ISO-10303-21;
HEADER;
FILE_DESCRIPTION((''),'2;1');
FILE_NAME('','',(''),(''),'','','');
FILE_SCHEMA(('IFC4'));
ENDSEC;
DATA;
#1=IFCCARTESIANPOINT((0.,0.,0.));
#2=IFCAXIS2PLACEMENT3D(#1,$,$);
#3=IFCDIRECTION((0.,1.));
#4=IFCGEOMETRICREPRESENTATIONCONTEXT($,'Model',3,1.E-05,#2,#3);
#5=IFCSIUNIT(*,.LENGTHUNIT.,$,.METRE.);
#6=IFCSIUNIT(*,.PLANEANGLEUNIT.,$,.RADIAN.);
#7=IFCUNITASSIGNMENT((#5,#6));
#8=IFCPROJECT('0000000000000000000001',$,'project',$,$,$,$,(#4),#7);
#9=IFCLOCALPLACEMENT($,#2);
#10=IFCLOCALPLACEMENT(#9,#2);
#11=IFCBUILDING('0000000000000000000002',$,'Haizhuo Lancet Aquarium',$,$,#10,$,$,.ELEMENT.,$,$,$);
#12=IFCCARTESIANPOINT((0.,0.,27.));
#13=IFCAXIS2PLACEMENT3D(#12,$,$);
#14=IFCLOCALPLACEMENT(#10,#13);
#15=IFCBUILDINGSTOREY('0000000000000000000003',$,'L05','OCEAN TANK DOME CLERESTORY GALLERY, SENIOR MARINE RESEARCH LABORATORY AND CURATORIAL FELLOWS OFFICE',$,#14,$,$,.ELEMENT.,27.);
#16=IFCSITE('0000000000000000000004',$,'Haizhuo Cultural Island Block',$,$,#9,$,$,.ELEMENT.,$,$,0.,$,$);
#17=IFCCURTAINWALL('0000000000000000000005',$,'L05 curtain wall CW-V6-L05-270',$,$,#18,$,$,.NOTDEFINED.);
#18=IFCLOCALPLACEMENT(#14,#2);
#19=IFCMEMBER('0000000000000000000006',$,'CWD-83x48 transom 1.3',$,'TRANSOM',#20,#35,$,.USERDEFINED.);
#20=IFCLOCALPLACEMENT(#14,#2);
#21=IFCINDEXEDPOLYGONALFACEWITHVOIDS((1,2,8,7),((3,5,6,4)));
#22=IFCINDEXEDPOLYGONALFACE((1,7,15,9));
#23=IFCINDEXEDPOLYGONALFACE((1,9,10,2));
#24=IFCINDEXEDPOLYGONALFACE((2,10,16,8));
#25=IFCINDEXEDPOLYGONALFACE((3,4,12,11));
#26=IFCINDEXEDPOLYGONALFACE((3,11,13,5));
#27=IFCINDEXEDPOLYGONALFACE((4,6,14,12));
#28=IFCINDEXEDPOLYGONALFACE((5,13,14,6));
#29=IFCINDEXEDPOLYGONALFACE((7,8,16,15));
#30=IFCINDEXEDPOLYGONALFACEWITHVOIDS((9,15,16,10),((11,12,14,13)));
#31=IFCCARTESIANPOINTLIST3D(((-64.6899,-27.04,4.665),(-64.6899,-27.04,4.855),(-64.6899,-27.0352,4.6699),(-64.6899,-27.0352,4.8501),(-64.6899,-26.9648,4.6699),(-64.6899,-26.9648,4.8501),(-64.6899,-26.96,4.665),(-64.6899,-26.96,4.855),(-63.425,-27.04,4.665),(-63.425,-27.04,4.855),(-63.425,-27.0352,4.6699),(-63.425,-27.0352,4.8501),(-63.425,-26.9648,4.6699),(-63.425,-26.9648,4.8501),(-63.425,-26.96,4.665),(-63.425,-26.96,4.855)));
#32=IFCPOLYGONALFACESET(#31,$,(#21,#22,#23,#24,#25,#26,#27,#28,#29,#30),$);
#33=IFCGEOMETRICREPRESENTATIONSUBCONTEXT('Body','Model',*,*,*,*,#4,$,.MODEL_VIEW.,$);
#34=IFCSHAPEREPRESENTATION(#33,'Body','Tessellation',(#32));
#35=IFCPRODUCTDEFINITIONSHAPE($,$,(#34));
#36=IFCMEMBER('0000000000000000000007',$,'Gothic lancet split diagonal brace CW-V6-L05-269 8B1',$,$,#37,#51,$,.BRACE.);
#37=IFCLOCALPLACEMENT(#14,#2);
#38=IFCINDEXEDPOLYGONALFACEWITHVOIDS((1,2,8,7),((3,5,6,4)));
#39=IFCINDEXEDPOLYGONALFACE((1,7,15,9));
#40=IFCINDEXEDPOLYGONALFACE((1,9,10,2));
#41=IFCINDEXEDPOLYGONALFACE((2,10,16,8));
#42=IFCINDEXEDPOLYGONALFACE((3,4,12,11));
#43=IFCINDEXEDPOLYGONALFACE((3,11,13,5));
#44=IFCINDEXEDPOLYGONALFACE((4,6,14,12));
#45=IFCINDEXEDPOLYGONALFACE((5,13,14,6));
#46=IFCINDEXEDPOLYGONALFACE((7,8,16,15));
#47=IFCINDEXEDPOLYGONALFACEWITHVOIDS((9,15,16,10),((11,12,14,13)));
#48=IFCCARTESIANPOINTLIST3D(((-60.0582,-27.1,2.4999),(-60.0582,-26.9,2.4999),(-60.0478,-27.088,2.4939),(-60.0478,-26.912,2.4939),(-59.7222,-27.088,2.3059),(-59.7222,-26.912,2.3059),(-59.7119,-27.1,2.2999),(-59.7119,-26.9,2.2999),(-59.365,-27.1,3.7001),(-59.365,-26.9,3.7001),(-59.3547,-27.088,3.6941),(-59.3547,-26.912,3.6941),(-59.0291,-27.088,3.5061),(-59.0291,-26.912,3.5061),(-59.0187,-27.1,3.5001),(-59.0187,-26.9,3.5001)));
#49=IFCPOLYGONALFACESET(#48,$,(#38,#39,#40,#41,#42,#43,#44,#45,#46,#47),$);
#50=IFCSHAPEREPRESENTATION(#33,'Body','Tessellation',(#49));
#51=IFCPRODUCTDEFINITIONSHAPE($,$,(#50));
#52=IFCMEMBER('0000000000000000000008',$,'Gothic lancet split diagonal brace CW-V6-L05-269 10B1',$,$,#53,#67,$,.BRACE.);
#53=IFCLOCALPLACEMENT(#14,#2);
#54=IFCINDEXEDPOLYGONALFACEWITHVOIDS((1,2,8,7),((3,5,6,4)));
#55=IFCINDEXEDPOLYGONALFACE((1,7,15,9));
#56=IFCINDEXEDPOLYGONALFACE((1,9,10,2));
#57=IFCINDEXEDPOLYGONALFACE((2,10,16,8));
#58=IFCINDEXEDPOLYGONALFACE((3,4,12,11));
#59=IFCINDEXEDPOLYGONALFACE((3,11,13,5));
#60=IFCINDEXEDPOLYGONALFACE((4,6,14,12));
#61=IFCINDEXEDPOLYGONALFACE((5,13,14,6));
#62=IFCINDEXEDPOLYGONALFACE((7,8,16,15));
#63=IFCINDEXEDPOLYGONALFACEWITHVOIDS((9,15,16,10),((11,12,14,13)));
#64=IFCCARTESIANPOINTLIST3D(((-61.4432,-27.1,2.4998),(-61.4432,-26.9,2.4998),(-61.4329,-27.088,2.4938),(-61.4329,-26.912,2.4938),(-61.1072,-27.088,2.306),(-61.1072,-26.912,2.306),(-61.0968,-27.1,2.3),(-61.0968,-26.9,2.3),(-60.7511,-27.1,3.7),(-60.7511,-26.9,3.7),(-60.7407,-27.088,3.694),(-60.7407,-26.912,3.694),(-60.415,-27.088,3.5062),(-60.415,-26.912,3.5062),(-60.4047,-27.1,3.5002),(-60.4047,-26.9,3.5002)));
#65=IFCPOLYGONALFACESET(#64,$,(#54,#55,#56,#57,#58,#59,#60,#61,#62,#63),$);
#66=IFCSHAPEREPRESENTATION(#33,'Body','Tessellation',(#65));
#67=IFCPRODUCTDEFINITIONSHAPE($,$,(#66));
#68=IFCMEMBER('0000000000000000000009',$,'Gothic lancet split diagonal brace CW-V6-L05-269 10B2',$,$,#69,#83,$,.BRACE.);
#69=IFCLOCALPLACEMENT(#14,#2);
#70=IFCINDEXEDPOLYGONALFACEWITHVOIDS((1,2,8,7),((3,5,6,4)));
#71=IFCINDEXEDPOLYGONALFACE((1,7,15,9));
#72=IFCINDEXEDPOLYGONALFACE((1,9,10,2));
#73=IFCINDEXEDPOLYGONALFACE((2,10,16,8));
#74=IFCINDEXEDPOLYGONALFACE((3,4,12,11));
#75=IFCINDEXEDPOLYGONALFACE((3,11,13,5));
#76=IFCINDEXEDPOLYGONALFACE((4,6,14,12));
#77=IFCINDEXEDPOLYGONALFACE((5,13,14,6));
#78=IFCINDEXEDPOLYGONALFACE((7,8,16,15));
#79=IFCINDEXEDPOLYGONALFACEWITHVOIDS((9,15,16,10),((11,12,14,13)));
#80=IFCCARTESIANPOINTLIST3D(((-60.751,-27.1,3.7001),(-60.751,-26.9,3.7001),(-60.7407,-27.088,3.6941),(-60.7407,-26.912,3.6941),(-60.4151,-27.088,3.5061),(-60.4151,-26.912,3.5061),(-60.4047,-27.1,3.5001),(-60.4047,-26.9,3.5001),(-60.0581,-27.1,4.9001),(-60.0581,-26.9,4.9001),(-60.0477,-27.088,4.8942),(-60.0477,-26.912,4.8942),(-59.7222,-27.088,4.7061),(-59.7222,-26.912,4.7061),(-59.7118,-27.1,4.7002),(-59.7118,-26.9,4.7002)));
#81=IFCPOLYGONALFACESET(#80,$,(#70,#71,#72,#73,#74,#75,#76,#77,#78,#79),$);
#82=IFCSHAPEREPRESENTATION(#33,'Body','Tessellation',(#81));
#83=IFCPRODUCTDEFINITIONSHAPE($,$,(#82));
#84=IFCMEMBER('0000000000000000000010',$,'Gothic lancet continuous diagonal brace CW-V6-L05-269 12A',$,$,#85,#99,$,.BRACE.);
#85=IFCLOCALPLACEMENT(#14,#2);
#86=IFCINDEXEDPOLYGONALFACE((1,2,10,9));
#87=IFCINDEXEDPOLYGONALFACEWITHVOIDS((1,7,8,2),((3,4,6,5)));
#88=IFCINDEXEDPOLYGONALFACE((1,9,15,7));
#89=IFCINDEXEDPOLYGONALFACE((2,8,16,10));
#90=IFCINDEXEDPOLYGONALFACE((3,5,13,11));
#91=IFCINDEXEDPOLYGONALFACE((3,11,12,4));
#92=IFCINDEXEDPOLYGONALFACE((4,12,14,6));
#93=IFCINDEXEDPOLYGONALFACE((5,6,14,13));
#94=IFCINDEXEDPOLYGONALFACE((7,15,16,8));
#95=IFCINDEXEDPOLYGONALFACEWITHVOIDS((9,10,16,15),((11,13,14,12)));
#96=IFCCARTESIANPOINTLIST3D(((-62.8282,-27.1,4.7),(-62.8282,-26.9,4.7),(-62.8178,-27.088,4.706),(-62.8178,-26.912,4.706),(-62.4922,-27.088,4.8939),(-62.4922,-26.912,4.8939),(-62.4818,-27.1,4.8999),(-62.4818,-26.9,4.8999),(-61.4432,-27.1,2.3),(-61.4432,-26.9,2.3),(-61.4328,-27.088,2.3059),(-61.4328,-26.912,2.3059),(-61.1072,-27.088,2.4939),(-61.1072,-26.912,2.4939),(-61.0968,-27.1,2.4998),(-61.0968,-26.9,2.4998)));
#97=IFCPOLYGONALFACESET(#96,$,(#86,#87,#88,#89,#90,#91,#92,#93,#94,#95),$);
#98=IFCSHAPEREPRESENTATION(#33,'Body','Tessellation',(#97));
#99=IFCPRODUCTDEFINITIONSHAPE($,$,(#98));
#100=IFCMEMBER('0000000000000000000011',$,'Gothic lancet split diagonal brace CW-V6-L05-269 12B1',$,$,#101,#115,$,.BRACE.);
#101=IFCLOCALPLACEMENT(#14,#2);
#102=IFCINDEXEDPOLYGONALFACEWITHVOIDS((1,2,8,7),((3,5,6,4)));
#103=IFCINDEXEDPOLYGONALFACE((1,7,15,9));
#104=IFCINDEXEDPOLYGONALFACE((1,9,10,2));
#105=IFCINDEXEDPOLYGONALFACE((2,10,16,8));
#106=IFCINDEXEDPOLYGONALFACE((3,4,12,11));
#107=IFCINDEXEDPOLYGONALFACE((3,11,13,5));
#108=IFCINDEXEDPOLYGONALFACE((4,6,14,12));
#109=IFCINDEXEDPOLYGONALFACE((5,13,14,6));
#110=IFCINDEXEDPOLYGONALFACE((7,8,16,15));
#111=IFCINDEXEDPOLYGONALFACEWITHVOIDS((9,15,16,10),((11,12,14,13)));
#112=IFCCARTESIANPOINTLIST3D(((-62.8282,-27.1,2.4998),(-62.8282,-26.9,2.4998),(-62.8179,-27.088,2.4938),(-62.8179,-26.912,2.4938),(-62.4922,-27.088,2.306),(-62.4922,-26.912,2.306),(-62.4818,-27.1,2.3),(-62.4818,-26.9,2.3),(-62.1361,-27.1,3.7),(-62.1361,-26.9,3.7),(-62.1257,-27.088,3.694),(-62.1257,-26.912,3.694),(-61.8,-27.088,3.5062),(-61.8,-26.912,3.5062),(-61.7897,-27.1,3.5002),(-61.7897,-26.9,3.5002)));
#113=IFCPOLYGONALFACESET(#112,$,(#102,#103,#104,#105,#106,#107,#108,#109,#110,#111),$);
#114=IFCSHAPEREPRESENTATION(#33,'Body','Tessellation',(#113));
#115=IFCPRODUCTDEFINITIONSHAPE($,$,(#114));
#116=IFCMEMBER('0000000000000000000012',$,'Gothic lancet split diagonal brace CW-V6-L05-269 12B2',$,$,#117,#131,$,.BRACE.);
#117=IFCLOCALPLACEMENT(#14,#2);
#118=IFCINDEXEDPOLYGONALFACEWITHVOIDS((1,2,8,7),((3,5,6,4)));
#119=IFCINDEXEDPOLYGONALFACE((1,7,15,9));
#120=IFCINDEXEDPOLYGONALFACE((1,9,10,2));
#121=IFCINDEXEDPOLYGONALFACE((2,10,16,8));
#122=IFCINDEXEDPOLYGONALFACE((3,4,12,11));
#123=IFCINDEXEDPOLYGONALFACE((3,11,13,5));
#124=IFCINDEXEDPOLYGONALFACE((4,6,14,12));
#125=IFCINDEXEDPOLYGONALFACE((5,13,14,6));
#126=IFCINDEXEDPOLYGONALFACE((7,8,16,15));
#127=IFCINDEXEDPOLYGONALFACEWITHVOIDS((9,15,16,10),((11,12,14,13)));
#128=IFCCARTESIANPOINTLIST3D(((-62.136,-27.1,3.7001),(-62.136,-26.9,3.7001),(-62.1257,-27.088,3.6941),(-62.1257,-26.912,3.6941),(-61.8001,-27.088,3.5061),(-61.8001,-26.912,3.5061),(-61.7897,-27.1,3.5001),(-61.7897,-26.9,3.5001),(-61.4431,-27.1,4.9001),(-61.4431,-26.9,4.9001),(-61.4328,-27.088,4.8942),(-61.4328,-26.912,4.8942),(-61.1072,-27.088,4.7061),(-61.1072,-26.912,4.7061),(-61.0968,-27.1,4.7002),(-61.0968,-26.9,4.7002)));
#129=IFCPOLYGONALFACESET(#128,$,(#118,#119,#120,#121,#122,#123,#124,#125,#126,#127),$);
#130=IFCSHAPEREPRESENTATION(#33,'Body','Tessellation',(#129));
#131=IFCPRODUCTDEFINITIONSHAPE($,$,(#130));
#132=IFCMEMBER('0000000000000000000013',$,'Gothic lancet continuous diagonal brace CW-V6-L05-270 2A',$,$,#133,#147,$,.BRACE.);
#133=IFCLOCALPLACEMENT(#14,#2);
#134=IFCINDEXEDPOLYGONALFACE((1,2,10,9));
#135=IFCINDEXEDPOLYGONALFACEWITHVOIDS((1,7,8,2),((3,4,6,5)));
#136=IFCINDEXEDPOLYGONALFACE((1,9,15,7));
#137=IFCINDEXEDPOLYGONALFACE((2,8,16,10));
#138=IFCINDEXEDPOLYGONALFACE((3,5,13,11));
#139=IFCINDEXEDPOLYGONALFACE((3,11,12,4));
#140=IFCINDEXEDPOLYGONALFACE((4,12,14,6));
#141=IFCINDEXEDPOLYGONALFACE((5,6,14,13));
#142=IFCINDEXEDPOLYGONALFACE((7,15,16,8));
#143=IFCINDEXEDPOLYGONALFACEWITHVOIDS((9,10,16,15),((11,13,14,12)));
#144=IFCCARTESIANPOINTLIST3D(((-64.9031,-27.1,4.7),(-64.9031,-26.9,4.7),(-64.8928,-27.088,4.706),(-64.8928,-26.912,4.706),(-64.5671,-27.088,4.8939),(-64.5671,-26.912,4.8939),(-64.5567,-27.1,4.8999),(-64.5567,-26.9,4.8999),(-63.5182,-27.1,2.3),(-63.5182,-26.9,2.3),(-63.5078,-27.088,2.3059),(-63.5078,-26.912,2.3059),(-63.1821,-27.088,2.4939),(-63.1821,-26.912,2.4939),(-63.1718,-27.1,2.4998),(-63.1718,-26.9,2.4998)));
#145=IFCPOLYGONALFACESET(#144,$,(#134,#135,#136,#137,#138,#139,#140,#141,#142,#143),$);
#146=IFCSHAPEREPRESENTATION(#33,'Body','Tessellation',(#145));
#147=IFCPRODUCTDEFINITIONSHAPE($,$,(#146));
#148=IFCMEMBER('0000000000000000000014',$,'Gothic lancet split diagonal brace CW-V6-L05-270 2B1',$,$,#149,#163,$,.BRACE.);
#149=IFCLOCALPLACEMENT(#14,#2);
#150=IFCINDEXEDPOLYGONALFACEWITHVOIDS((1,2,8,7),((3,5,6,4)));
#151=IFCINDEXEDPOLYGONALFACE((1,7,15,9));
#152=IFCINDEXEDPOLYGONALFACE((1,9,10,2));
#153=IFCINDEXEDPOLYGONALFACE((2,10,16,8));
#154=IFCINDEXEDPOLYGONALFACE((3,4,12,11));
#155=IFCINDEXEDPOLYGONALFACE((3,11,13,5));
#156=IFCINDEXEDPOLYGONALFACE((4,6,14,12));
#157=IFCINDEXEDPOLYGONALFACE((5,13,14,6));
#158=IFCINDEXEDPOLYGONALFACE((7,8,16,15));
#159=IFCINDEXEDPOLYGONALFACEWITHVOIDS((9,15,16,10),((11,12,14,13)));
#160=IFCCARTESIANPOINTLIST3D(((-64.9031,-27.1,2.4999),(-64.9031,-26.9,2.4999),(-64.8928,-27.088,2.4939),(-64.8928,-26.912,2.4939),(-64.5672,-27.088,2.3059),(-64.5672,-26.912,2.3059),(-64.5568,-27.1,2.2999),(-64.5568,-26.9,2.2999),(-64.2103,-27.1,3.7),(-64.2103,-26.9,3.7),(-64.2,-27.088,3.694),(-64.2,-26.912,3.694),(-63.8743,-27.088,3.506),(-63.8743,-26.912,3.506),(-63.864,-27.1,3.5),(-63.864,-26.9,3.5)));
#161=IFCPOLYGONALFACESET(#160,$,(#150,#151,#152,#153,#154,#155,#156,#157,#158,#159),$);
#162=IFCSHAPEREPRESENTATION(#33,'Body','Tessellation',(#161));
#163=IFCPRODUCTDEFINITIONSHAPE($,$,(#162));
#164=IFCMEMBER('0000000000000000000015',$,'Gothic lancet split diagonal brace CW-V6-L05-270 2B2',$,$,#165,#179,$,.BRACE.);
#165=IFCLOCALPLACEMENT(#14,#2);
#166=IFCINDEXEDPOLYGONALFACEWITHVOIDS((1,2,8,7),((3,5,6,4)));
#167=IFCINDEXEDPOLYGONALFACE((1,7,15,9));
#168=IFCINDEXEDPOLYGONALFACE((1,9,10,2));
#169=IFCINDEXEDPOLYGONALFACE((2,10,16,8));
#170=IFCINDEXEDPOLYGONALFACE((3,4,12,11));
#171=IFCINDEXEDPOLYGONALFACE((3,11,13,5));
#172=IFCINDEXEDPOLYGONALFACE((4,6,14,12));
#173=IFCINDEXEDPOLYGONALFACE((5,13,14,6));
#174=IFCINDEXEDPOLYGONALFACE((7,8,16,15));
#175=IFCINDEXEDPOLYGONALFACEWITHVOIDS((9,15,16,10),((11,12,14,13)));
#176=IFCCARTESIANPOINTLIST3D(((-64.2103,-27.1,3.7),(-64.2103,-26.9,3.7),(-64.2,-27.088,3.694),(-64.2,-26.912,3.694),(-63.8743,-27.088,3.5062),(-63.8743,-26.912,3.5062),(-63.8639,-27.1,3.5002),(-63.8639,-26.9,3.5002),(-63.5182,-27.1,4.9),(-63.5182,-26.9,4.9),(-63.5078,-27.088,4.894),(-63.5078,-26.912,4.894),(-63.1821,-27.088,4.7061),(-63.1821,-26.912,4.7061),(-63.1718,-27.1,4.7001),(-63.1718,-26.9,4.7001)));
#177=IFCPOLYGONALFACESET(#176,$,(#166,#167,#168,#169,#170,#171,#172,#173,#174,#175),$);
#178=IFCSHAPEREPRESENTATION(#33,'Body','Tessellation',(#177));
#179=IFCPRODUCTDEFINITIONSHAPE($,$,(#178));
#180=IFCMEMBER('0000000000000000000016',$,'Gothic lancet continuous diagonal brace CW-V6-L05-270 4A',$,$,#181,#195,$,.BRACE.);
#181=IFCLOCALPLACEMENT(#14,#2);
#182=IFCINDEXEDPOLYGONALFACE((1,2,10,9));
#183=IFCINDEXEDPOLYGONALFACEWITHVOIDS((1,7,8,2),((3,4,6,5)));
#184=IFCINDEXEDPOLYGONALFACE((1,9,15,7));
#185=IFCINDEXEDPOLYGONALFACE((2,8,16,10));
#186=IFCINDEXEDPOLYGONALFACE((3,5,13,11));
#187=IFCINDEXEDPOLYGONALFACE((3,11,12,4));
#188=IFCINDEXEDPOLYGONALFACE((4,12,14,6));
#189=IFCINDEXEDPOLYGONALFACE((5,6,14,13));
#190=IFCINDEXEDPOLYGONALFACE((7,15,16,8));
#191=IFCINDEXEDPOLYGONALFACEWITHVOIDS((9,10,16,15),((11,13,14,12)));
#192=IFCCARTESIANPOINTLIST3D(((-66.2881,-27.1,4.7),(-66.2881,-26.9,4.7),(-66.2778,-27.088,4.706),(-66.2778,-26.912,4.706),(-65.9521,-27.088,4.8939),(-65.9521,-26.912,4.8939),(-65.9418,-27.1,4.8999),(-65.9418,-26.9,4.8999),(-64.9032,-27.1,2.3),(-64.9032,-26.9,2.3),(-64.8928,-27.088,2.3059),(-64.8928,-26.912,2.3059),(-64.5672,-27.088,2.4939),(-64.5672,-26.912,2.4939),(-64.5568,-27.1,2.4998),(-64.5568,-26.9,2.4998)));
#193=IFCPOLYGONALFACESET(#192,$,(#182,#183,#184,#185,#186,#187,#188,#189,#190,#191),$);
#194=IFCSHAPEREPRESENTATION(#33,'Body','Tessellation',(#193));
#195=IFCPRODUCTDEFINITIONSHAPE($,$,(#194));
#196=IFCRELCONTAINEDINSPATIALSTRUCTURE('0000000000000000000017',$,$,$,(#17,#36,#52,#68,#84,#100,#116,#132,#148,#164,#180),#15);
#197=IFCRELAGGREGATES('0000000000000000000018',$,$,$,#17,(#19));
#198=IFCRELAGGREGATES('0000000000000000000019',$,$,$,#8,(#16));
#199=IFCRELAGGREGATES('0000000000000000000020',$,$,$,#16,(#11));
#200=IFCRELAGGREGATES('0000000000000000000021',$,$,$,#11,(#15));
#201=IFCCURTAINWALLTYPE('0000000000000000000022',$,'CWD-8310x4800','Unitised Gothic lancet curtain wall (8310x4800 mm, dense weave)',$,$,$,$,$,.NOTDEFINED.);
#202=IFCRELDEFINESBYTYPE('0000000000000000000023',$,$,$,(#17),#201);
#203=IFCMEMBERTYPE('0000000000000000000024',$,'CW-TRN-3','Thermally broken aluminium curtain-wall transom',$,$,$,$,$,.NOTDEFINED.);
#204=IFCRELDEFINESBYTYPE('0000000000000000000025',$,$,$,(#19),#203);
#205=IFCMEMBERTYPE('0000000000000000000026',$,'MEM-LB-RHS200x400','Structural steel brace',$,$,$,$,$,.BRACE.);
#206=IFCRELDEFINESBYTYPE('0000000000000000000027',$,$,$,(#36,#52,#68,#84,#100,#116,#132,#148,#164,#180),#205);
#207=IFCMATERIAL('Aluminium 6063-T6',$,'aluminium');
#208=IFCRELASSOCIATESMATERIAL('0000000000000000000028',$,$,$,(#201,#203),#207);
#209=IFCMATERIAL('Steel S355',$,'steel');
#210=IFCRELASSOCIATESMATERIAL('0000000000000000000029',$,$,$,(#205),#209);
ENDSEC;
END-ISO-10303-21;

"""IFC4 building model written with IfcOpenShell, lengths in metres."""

from ifc_helpers import new_model, si_unit, direction, frame, origin, origin_2d, place, context, subcontext, project, spatial, hollow_rectangle, extrude, material, material_profile, profile_set, type_object, element, aggregate, save


model = new_model("IFC4")

# Units and contexts
model_context = context("Model", 3, precision=1e-05, world=origin(), true_north=direction((0.0, 1.0)))
body_context = subcontext(model_context, "Body", "Model", "MODEL_VIEW")
ifc_project = project(units=[si_unit("LENGTHUNIT", "METRE"), si_unit("PLANEANGLEUNIT", "RADIAN")], contexts=[model_context])

# Site, building, storey
site_placement = place(None, origin())
site = spatial("IfcSite", under=ifc_project, at=site_placement, Name="Haizhuo Cultural Island Block", CompositionType="ELEMENT", RefElevation=0.0)
building_placement = place(site_placement, origin())
building = spatial("IfcBuilding", under=site, at=building_placement, Name="Haizhuo Lancet Aquarium", CompositionType="ELEMENT")
storey_placement = place(building_placement, frame((0.0, 0.0, 27.0)))
storey = spatial("IfcBuildingStorey", under=building, at=storey_placement, Name="L05", Description="OCEAN TANK DOME CLERESTORY GALLERY, SENIOR MARINE RESEARCH LABORATORY AND CURATORIAL FELLOWS OFFICE", CompositionType="ELEMENT", Elevation=27.0)

# Shared definitions
ifc_material_1 = material(Name="Steel S355", Category="steel")

# Curtain wall, member
ifc_material_2 = material(Name="Aluminium 6063-T6", Category="aluminium")
curtain_wall_type = type_object("IfcCurtainWallType", Name="CWD-8310x4800", Description="Unitised Gothic lancet curtain wall (8310x4800 mm, dense weave)", PredefinedType="NOTDEFINED", material=ifc_material_2)
curtain_wall_1_placement = place(storey_placement, origin())
curtain_wall_1 = element("IfcCurtainWall", 1, at=curtain_wall_1_placement, inside=storey, type_object=curtain_wall_type, Name="L05 curtain wall CW-V6-L05-270", PredefinedType="NOTDEFINED")
ifc_material_profile_1 = material_profile(ifc_material_2, hollow_rectangle(XDim=0.0801, YDim=0.1899, WallThickness=0.0049, at=origin_2d()), Name="ALU-T 80x190x5")
ifc_profile_set_1 = profile_set([ifc_material_profile_1], Name="Aluminium 6063-T6")
member_type_1 = type_object("IfcMemberType", Name="CW-TRN-3", Description="Thermally broken aluminium curtain-wall transom", PredefinedType="NOTDEFINED", material=ifc_profile_set_1)
member_1_placement = place(storey_placement, frame((-63.425, -27.0, 4.76), z_axis=(-1.0, 0.0, 0.0), x_axis=(0.0, -1.0, 0.0)))
member_1 = element("IfcMember", 2, at=member_1_placement, type_object=member_type_1, Name="CWD-83x48 transom 1.3", ObjectType="TRANSOM", PredefinedType="USERDEFINED", context=body_context, shape_type="SweptSolid", body=[
    extrude(hollow_rectangle(XDim=0.0801, YDim=0.1899, WallThickness=0.0049, at=origin_2d()), origin(), (0.0, 0.0, 1.0), 1.2649),
])

# Members
ifc_material_profile_2 = material_profile(ifc_material_1, hollow_rectangle(XDim=0.2, YDim=0.3999, WallThickness=0.012, at=origin_2d()), Name="RHS 200x400x12")
ifc_profile_set_2 = profile_set([ifc_material_profile_2], Name="Steel S355")
member_type_2 = type_object("IfcMemberType", Name="MEM-LB-RHS200x400", Description="Structural steel brace", PredefinedType="BRACE", material=ifc_profile_set_2)
member_2_placement = place(storey_placement, frame((-59.885, -27.0, 2.3999), z_axis=(0.500099, 0.0, 0.865968), x_axis=(0.0, 1.0, 0.0)))
element("IfcMember", 3, at=member_2_placement, inside=storey, type_object=member_type_2, Name="Gothic lancet split diagonal brace CW-V6-L05-269 8B1", PredefinedType="BRACE", context=body_context, shape_type="SweptSolid", body=[
    extrude(hollow_rectangle(XDim=0.2, YDim=0.3999, WallThickness=0.012, at=origin_2d()), origin(), (0.0, 0.0, 1.0), 1.386),
])
member_3_placement = place(storey_placement, frame((-61.27, -27.0, 2.3999), z_axis=(0.49957, 0.0, 0.866274), x_axis=(0.0, 1.0, 0.0)))
element("IfcMember", 4, at=member_3_placement, inside=storey, type_object=member_type_2, Name="Gothic lancet split diagonal brace CW-V6-L05-269 10B1", PredefinedType="BRACE", context=body_context, shape_type="SweptSolid", body=[
    extrude(hollow_rectangle(XDim=0.2, YDim=0.3999, WallThickness=0.012, at=origin_2d()), origin(), (0.0, 0.0, 1.0), 1.3855),
])
member_4_placement = place(storey_placement, frame((-60.5779, -27.0, 3.6001), z_axis=(0.500043, 0.0, 0.866001), x_axis=(0.0, 1.0, 0.0)))
element("IfcMember", 5, at=member_4_placement, inside=storey, type_object=member_type_2, Name="Gothic lancet split diagonal brace CW-V6-L05-269 10B2", PredefinedType="BRACE", context=body_context, shape_type="SweptSolid", body=[
    extrude(hollow_rectangle(XDim=0.2, YDim=0.3999, WallThickness=0.012, at=origin_2d()), origin(), (0.0, 0.0, 1.0), 1.3857),
])
member_5_placement = place(storey_placement, frame((-61.27, -27.0, 2.3999), z_axis=(-0.499806, 0.0, 0.866137), x_axis=(0.0, -1.0, 0.0)))
element("IfcMember", 6, at=member_5_placement, inside=storey, type_object=member_type_2, Name="Gothic lancet continuous diagonal brace CW-V6-L05-269 12A", PredefinedType="BRACE", context=body_context, shape_type="SweptSolid", body=[
    extrude(hollow_rectangle(XDim=0.2, YDim=0.3999, WallThickness=0.012, at=origin_2d()), origin(), (0.0, 0.0, 1.0), 2.771),
])
member_6_placement = place(storey_placement, frame((-62.655, -27.0, 2.3999), z_axis=(0.49957, 0.0, 0.866274), x_axis=(0.0, 1.0, 0.0)))
element("IfcMember", 7, at=member_6_placement, inside=storey, type_object=member_type_2, Name="Gothic lancet split diagonal brace CW-V6-L05-269 12B1", PredefinedType="BRACE", context=body_context, shape_type="SweptSolid", body=[
    extrude(hollow_rectangle(XDim=0.2, YDim=0.3999, WallThickness=0.012, at=origin_2d()), origin(), (0.0, 0.0, 1.0), 1.3855),
])
member_7_placement = place(storey_placement, frame((-61.9629, -27.0, 3.6001), z_axis=(0.500043, 0.0, 0.866001), x_axis=(0.0, 1.0, 0.0)))
element("IfcMember", 8, at=member_7_placement, inside=storey, type_object=member_type_2, Name="Gothic lancet split diagonal brace CW-V6-L05-269 12B2", PredefinedType="BRACE", context=body_context, shape_type="SweptSolid", body=[
    extrude(hollow_rectangle(XDim=0.2, YDim=0.3999, WallThickness=0.012, at=origin_2d()), origin(), (0.0, 0.0, 1.0), 1.3857),
])
member_8_placement = place(storey_placement, frame((-63.345, -27.0, 2.3999), z_axis=(-0.499806, 0.0, 0.866137), x_axis=(0.0, -1.0, 0.0)))
element("IfcMember", 9, at=member_8_placement, inside=storey, type_object=member_type_2, Name="Gothic lancet continuous diagonal brace CW-V6-L05-270 2A", PredefinedType="BRACE", context=body_context, shape_type="SweptSolid", body=[
    extrude(hollow_rectangle(XDim=0.2, YDim=0.3999, WallThickness=0.012, at=origin_2d()), origin(), (0.0, 0.0, 1.0), 2.771),
])
member_9_placement = place(storey_placement, frame((-64.73, -27.0, 2.3999), z_axis=(0.499966, 0.0, 0.866045), x_axis=(0.0, 1.0, 0.0)))
element("IfcMember", 10, at=member_9_placement, inside=storey, type_object=member_type_2, Name="Gothic lancet split diagonal brace CW-V6-L05-270 2B1", PredefinedType="BRACE", context=body_context, shape_type="SweptSolid", body=[
    extrude(hollow_rectangle(XDim=0.2, YDim=0.3999, WallThickness=0.012, at=origin_2d()), origin(), (0.0, 0.0, 1.0), 1.3857),
])
member_10_placement = place(storey_placement, frame((-64.0371, -27.0, 3.6001), z_axis=(0.499646, 0.0, 0.86623), x_axis=(0.0, 1.0, 0.0)))
element("IfcMember", 11, at=member_10_placement, inside=storey, type_object=member_type_2, Name="Gothic lancet split diagonal brace CW-V6-L05-270 2B2", PredefinedType="BRACE", context=body_context, shape_type="SweptSolid", body=[
    extrude(hollow_rectangle(XDim=0.2, YDim=0.3999, WallThickness=0.012, at=origin_2d()), origin(), (0.0, 0.0, 1.0), 1.3853),
])
member_11_placement = place(storey_placement, frame((-64.73, -27.0, 2.3999), z_axis=(-0.499806, 0.0, 0.866137), x_axis=(0.0, -1.0, 0.0)))
element("IfcMember", 12, at=member_11_placement, inside=storey, type_object=member_type_2, Name="Gothic lancet continuous diagonal brace CW-V6-L05-270 4A", PredefinedType="BRACE", context=body_context, shape_type="SweptSolid", body=[
    extrude(hollow_rectangle(XDim=0.2, YDim=0.3999, WallThickness=0.012, at=origin_2d()), origin(), (0.0, 0.0, 1.0), 2.771),
])

aggregate(curtain_wall_1, [member_1])

save(model, "model.ifc")
